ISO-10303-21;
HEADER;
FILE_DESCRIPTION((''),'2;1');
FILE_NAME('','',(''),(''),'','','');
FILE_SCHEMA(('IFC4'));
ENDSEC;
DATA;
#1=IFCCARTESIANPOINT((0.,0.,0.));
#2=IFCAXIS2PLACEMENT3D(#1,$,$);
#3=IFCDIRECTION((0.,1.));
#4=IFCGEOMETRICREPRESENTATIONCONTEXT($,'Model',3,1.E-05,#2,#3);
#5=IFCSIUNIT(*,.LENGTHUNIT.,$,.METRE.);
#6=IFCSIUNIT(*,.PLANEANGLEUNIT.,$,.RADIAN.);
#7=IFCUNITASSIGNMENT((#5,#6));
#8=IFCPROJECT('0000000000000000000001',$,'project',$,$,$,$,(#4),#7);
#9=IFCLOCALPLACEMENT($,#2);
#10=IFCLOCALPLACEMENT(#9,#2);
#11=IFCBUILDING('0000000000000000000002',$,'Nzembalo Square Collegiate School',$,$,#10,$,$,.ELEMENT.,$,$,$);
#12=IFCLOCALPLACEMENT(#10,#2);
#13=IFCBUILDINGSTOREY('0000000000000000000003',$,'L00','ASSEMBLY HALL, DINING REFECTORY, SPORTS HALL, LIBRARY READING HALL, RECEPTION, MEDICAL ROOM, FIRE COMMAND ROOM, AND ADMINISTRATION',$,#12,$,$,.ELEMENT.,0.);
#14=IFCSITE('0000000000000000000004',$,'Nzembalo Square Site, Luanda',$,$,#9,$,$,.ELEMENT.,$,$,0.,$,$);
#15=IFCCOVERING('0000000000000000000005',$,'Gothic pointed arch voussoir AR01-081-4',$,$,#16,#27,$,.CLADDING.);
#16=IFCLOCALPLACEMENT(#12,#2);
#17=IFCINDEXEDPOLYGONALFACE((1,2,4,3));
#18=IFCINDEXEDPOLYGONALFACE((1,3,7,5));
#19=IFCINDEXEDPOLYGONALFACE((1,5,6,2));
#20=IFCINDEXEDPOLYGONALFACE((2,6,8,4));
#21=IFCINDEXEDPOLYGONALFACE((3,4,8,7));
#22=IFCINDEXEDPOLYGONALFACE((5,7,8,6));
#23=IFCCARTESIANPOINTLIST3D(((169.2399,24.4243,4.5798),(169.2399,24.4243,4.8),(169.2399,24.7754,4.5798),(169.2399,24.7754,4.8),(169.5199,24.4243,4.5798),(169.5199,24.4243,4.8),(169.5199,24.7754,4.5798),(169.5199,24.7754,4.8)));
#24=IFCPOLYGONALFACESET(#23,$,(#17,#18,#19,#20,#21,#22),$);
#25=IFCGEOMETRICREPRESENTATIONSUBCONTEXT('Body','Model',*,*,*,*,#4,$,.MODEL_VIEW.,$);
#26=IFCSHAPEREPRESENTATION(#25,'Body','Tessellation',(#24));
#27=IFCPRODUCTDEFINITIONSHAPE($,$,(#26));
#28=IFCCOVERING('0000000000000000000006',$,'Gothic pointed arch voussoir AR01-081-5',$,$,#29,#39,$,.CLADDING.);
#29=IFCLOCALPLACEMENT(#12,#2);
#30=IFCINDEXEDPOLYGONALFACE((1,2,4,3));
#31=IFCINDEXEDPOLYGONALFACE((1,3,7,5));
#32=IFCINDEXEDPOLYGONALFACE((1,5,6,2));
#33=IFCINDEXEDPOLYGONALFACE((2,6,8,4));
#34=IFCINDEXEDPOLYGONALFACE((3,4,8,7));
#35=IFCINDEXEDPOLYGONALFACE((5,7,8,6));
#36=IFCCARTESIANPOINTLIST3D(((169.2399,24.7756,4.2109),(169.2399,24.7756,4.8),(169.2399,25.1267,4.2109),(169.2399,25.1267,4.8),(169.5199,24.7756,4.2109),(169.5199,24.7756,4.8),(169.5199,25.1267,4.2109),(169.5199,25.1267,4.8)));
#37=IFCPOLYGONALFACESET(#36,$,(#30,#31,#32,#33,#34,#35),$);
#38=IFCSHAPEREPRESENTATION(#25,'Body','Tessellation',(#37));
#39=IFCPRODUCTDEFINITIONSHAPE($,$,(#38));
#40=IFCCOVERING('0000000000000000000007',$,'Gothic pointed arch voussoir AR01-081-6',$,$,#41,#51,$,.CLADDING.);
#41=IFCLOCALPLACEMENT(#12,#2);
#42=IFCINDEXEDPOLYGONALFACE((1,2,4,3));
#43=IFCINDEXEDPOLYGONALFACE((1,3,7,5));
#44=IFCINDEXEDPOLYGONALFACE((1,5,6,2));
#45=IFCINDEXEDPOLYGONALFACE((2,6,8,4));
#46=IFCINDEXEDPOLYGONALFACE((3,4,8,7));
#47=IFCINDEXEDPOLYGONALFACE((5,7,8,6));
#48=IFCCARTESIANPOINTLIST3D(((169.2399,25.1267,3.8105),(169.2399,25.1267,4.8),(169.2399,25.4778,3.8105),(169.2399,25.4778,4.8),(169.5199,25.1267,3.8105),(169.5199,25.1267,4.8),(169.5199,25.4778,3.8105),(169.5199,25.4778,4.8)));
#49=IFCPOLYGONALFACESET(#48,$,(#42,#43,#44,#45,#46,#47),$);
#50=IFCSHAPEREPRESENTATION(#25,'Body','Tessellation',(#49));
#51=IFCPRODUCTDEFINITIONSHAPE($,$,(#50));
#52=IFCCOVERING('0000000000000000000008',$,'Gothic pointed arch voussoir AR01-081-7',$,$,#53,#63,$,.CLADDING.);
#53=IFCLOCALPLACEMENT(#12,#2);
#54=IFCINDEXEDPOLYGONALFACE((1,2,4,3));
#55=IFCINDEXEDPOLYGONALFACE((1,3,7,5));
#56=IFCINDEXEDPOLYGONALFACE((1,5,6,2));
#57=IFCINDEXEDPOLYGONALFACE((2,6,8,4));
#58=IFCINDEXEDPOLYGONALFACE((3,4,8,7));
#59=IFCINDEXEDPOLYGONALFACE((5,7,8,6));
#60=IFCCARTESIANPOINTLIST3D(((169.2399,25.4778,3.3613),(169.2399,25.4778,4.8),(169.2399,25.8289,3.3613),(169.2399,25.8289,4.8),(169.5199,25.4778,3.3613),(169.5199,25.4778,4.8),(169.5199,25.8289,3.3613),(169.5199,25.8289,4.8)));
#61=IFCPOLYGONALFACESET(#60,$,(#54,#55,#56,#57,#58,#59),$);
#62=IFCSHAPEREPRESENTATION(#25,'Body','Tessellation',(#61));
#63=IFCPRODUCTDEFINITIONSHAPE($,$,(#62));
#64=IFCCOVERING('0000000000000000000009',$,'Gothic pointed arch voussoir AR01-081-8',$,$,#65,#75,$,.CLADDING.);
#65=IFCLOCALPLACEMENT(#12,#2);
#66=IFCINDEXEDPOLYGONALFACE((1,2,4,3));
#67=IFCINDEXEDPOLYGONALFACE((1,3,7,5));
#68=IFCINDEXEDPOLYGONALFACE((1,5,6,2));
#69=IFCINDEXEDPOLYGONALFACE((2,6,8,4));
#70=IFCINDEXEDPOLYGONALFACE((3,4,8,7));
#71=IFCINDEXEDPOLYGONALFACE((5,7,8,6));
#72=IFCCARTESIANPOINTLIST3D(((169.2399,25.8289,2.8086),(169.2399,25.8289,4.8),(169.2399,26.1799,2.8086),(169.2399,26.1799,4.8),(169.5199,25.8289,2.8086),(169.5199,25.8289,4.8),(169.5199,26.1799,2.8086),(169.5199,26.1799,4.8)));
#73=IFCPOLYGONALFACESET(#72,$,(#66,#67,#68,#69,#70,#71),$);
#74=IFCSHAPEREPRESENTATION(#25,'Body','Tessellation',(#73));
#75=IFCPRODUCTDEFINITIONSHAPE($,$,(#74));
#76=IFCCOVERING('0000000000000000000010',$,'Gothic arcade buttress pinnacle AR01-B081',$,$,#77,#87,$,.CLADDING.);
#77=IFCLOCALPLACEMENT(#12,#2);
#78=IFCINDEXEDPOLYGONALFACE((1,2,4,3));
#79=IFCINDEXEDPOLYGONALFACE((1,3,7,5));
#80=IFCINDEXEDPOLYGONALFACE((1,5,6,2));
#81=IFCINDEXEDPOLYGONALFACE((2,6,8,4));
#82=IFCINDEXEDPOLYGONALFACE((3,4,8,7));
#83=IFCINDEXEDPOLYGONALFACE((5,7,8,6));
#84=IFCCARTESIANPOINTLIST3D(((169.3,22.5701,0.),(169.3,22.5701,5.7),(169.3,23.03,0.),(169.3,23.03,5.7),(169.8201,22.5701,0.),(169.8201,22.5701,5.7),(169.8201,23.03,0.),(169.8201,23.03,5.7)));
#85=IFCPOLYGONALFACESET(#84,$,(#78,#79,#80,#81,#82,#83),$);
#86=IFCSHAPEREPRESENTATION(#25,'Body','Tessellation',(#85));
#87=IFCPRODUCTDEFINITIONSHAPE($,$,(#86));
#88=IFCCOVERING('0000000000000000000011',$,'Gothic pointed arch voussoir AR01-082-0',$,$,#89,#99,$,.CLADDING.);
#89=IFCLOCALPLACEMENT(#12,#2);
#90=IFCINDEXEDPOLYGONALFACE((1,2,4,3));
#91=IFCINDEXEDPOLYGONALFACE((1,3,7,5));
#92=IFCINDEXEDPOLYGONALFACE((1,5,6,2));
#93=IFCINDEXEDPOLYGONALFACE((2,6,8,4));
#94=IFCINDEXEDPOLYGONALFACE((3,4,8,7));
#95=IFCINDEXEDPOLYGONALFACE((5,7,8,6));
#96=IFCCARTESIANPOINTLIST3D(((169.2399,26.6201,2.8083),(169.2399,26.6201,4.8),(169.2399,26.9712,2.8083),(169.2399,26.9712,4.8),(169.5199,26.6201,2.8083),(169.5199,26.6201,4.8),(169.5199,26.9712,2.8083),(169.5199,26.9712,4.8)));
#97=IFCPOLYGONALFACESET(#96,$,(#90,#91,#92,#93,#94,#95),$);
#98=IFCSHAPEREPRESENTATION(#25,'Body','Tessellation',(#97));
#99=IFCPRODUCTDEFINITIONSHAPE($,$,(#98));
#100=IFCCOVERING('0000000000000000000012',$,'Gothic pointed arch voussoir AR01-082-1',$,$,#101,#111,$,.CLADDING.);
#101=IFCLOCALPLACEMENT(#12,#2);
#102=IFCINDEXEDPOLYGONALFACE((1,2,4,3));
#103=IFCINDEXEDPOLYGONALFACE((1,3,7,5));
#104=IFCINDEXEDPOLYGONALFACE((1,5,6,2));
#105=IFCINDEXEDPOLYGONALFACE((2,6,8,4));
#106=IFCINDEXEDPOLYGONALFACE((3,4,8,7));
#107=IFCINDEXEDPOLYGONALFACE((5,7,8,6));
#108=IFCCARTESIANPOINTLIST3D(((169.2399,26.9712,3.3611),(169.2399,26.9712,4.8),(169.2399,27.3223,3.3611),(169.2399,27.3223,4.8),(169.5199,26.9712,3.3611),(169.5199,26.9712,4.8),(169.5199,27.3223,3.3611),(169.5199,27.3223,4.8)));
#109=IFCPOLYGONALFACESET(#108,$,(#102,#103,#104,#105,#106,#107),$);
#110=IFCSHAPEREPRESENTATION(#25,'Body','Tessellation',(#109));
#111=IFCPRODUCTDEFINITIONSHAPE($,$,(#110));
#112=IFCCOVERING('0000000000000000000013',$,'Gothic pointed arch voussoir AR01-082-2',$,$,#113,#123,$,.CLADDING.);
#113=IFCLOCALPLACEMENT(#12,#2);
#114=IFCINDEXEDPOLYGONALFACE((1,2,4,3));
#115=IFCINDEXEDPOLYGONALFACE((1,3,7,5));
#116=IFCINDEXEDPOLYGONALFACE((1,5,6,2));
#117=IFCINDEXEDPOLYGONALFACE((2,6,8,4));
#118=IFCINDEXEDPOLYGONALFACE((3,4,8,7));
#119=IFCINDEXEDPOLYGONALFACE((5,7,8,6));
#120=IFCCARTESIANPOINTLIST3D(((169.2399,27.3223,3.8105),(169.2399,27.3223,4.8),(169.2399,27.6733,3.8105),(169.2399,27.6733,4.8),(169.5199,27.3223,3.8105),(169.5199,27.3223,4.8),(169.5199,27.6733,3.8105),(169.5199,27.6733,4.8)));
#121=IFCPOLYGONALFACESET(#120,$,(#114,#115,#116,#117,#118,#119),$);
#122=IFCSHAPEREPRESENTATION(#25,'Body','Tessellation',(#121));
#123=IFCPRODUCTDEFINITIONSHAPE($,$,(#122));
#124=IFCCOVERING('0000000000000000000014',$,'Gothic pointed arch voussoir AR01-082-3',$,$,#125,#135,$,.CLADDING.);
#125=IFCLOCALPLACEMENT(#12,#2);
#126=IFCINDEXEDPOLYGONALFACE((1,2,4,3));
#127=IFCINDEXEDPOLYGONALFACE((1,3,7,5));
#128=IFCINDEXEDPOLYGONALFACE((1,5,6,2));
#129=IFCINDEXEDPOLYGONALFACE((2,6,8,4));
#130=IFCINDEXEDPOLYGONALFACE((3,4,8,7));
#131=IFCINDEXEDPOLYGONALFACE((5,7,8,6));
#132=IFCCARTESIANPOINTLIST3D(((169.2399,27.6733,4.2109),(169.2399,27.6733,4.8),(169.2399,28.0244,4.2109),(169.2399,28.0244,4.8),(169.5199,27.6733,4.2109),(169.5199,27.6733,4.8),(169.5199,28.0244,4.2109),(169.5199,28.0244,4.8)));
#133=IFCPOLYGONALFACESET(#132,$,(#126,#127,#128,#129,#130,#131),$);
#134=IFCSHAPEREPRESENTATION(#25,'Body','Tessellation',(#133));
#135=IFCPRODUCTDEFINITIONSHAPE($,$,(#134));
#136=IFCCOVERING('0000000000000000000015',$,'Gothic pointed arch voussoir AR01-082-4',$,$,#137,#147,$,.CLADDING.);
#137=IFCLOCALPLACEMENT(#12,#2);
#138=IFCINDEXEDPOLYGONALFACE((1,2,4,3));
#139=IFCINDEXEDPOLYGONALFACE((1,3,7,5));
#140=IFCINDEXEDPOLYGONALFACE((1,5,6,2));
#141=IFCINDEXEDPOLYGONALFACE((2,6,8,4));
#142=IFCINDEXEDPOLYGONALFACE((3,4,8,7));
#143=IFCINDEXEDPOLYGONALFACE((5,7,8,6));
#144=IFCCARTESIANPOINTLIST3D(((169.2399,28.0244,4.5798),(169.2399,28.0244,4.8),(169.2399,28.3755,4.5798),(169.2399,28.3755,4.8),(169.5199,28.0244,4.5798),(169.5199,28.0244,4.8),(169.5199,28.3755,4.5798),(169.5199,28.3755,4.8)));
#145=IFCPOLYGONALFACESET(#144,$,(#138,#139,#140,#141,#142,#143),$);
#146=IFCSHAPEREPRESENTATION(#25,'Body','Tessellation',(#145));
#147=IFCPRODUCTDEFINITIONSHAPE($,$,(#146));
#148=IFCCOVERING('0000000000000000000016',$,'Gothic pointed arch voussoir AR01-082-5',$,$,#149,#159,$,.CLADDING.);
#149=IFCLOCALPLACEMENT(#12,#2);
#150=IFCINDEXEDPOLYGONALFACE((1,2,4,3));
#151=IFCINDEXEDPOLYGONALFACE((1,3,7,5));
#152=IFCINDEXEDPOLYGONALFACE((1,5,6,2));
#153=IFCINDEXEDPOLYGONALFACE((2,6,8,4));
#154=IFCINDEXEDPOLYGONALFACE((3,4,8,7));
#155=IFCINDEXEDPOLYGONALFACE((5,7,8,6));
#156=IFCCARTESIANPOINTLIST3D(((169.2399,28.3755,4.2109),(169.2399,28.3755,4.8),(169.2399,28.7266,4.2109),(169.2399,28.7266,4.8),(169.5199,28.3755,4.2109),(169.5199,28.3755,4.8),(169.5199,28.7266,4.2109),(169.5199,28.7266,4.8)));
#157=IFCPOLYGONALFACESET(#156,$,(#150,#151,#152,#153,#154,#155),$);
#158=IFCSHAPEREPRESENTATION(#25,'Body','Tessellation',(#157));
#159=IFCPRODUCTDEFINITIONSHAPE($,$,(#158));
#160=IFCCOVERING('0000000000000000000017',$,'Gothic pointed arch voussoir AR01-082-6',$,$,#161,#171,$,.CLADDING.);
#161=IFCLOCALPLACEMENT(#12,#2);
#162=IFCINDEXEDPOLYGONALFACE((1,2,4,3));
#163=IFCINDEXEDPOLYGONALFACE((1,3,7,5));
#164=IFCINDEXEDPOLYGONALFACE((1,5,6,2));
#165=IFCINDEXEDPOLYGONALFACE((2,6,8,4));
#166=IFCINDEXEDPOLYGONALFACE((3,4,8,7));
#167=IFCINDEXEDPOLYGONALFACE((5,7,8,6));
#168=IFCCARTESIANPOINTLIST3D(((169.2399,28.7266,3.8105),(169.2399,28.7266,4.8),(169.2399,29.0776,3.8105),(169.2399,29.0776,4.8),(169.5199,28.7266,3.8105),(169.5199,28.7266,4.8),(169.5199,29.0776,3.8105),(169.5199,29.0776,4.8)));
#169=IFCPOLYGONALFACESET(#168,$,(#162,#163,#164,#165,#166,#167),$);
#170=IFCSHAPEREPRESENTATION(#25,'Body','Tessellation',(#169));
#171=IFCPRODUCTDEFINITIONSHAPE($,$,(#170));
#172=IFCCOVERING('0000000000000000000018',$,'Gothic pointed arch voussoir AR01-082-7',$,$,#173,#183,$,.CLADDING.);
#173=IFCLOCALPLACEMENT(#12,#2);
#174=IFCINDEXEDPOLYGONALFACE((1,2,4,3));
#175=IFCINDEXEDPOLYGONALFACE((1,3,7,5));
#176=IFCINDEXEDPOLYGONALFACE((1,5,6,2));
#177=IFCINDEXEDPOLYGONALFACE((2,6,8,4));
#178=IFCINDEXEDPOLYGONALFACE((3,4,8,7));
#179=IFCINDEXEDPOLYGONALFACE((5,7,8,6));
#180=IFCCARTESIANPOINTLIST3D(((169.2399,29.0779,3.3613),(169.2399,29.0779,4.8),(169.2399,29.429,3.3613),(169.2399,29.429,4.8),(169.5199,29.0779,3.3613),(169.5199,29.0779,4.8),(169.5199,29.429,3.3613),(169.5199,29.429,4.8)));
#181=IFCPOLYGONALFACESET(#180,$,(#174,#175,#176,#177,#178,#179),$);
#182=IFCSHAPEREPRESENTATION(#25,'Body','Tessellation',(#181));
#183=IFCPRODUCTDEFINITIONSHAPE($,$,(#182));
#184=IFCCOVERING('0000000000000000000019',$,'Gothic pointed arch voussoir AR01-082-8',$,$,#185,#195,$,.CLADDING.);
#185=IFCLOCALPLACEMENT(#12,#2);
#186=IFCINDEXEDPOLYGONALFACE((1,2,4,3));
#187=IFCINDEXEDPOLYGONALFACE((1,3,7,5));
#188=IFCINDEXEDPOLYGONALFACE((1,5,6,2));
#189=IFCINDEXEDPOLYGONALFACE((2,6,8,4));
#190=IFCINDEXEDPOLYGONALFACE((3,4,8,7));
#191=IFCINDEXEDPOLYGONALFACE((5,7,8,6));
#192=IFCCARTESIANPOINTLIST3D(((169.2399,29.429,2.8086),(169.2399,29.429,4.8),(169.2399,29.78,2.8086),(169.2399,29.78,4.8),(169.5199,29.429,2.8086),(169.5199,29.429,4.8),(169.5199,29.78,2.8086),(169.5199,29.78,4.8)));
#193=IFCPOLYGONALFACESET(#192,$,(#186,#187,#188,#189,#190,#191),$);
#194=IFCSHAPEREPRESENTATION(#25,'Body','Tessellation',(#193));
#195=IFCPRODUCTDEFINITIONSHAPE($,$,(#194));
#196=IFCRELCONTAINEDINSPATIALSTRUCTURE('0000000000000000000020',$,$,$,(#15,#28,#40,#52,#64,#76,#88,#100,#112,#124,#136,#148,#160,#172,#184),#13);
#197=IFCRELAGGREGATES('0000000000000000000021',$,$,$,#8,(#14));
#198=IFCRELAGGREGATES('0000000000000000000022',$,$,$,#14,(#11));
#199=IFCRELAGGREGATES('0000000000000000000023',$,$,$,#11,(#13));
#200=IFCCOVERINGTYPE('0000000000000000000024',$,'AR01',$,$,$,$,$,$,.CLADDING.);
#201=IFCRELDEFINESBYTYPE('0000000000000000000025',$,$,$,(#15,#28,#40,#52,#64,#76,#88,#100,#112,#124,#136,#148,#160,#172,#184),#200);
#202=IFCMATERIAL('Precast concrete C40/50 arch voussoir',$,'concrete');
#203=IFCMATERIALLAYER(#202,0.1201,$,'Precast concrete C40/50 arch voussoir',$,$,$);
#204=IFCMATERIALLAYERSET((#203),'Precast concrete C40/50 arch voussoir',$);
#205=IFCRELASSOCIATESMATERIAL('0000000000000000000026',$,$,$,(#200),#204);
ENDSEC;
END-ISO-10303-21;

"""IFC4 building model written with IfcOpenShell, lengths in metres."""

from ifc_helpers import new_model, si_unit, direction, frame, origin, origin_2d, place, context, subcontext, project, spatial, rectangle, extrude, material, layer, layer_set, type_object, element, save


model = new_model("IFC4")

# Units and contexts
model_context = context("Model", 3, precision=1e-05, world=origin(), true_north=direction((0.0, 1.0)))
body_context = subcontext(model_context, "Body", "Model", "MODEL_VIEW")
ifc_project = project(units=[si_unit("LENGTHUNIT", "METRE"), si_unit("PLANEANGLEUNIT", "RADIAN")], contexts=[model_context])

# Site, building, storey
site_placement = place(None, origin())
site = spatial("IfcSite", under=ifc_project, at=site_placement, Name="Nzembalo Square Site, Luanda", CompositionType="ELEMENT", RefElevation=0.0)
building_placement = place(site_placement, origin())
building = spatial("IfcBuilding", under=site, at=building_placement, Name="Nzembalo Square Collegiate School", CompositionType="ELEMENT")
storey_placement = place(building_placement, origin())
storey = spatial("IfcBuildingStorey", under=building, at=storey_placement, Name="L00", Description="ASSEMBLY HALL, DINING REFECTORY, SPORTS HALL, LIBRARY READING HALL, RECEPTION, MEDICAL ROOM, FIRE COMMAND ROOM, AND ADMINISTRATION", CompositionType="ELEMENT", Elevation=0.0)

# Coverings
ifc_material = material(Name="Precast concrete C40/50 arch voussoir", Category="concrete")
ifc_layer = layer(ifc_material, 0.1201, Name="Precast concrete C40/50 arch voussoir")
ifc_layer_set = layer_set([ifc_layer], Name="Precast concrete C40/50 arch voussoir")
covering_type = type_object("IfcCoveringType", Name="AR01", PredefinedType="CLADDING", material=ifc_layer_set)
covering_1_placement = place(storey_placement, frame((169.3799, 24.5999, 4.5798), z_axis=(0.0, 0.0, 1.0), x_axis=(1.0, 0.0, 0.0)))
element("IfcCovering", 1, at=covering_1_placement, inside=storey, type_object=covering_type, Name="Gothic pointed arch voussoir AR01-081-4", PredefinedType="CLADDING", context=body_context, shape_type="SweptSolid", body=[
    extrude(rectangle(XDim=0.28, YDim=0.3511, at=origin_2d()), origin(), (0.0, 0.0, 1.0), 0.2202),
])
covering_2_placement = place(storey_placement, frame((169.3799, 24.9512, 4.2109), z_axis=(0.0, 0.0, 1.0), x_axis=(1.0, 0.0, 0.0)))
element("IfcCovering", 2, at=covering_2_placement, inside=storey, type_object=covering_type, Name="Gothic pointed arch voussoir AR01-081-5", PredefinedType="CLADDING", context=body_context, shape_type="SweptSolid", body=[
    extrude(rectangle(XDim=0.28, YDim=0.3511, at=origin_2d()), origin(), (0.0, 0.0, 1.0), 0.5891),
])
covering_3_placement = place(storey_placement, frame((169.3799, 25.3022, 3.8105), z_axis=(0.0, 0.0, 1.0), x_axis=(1.0, 0.0, 0.0)))
element("IfcCovering", 3, at=covering_3_placement, inside=storey, type_object=covering_type, Name="Gothic pointed arch voussoir AR01-081-6", PredefinedType="CLADDING", context=body_context, shape_type="SweptSolid", body=[
    extrude(rectangle(XDim=0.28, YDim=0.3511, at=origin_2d()), origin(), (0.0, 0.0, 1.0), 0.9895),
])
covering_4_placement = place(storey_placement, frame((169.3799, 25.6533, 3.3613), z_axis=(0.0, 0.0, 1.0), x_axis=(1.0, 0.0, 0.0)))
element("IfcCovering", 4, at=covering_4_placement, inside=storey, type_object=covering_type, Name="Gothic pointed arch voussoir AR01-081-7", PredefinedType="CLADDING", context=body_context, shape_type="SweptSolid", body=[
    extrude(rectangle(XDim=0.28, YDim=0.3511, at=origin_2d()), origin(), (0.0, 0.0, 1.0), 1.4387),
])
covering_5_placement = place(storey_placement, frame((169.3799, 26.0044, 2.8086), z_axis=(0.0, 0.0, 1.0), x_axis=(1.0, 0.0, 0.0)))
element("IfcCovering", 5, at=covering_5_placement, inside=storey, type_object=covering_type, Name="Gothic pointed arch voussoir AR01-081-8", PredefinedType="CLADDING", context=body_context, shape_type="SweptSolid", body=[
    extrude(rectangle(XDim=0.28, YDim=0.3511, at=origin_2d()), origin(), (0.0, 0.0, 1.0), 1.9915),
])
covering_6_placement = place(storey_placement, frame((169.5601, 22.8, 0.0), z_axis=(0.0, 0.0, 1.0), x_axis=(1.0, 0.0, 0.0)))
element("IfcCovering", 6, at=covering_6_placement, inside=storey, type_object=covering_type, Name="Gothic arcade buttress pinnacle AR01-B081", PredefinedType="CLADDING", context=body_context, shape_type="SweptSolid", body=[
    extrude(rectangle(XDim=0.52, YDim=0.46, at=origin_2d()), origin(), (0.0, 0.0, 1.0), 5.7),
])
covering_7_placement = place(storey_placement, frame((169.3799, 26.7957, 2.8083), z_axis=(0.0, 0.0, 1.0), x_axis=(1.0, 0.0, 0.0)))
element("IfcCovering", 7, at=covering_7_placement, inside=storey, type_object=covering_type, Name="Gothic pointed arch voussoir AR01-082-0", PredefinedType="CLADDING", context=body_context, shape_type="SweptSolid", body=[
    extrude(rectangle(XDim=0.28, YDim=0.3511, at=origin_2d()), origin(), (0.0, 0.0, 1.0), 1.9917),
])
covering_8_placement = place(storey_placement, frame((169.3799, 27.1467, 3.3611), z_axis=(0.0, 0.0, 1.0), x_axis=(1.0, 0.0, 0.0)))
element("IfcCovering", 8, at=covering_8_placement, inside=storey, type_object=covering_type, Name="Gothic pointed arch voussoir AR01-082-1", PredefinedType="CLADDING", context=body_context, shape_type="SweptSolid", body=[
    extrude(rectangle(XDim=0.28, YDim=0.3511, at=origin_2d()), origin(), (0.0, 0.0, 1.0), 1.439),
])
covering_9_placement = place(storey_placement, frame((169.3799, 27.4978, 3.8105), z_axis=(0.0, 0.0, 1.0), x_axis=(1.0, 0.0, 0.0)))
element("IfcCovering", 9, at=covering_9_placement, inside=storey, type_object=covering_type, Name="Gothic pointed arch voussoir AR01-082-2", PredefinedType="CLADDING", context=body_context, shape_type="SweptSolid", body=[
    extrude(rectangle(XDim=0.28, YDim=0.3511, at=origin_2d()), origin(), (0.0, 0.0, 1.0), 0.9895),
])
covering_10_placement = place(storey_placement, frame((169.3799, 27.8489, 4.2109), z_axis=(0.0, 0.0, 1.0), x_axis=(1.0, 0.0, 0.0)))
element("IfcCovering", 10, at=covering_10_placement, inside=storey, type_object=covering_type, Name="Gothic pointed arch voussoir AR01-082-3", PredefinedType="CLADDING", context=body_context, shape_type="SweptSolid", body=[
    extrude(rectangle(XDim=0.28, YDim=0.3511, at=origin_2d()), origin(), (0.0, 0.0, 1.0), 0.5891),
])
covering_11_placement = place(storey_placement, frame((169.3799, 28.2, 4.5798), z_axis=(0.0, 0.0, 1.0), x_axis=(1.0, 0.0, 0.0)))
element("IfcCovering", 11, at=covering_11_placement, inside=storey, type_object=covering_type, Name="Gothic pointed arch voussoir AR01-082-4", PredefinedType="CLADDING", context=body_context, shape_type="SweptSolid", body=[
    extrude(rectangle(XDim=0.28, YDim=0.3511, at=origin_2d()), origin(), (0.0, 0.0, 1.0), 0.2202),
])
covering_12_placement = place(storey_placement, frame((169.3799, 28.551, 4.2109), z_axis=(0.0, 0.0, 1.0), x_axis=(1.0, 0.0, 0.0)))
element("IfcCovering", 12, at=covering_12_placement, inside=storey, type_object=covering_type, Name="Gothic pointed arch voussoir AR01-082-5", PredefinedType="CLADDING", context=body_context, shape_type="SweptSolid", body=[
    extrude(rectangle(XDim=0.28, YDim=0.3511, at=origin_2d()), origin(), (0.0, 0.0, 1.0), 0.5891),
])
covering_13_placement = place(storey_placement, frame((169.3799, 28.9021, 3.8105), z_axis=(0.0, 0.0, 1.0), x_axis=(1.0, 0.0, 0.0)))
element("IfcCovering", 13, at=covering_13_placement, inside=storey, type_object=covering_type, Name="Gothic pointed arch voussoir AR01-082-6", PredefinedType="CLADDING", context=body_context, shape_type="SweptSolid", body=[
    extrude(rectangle(XDim=0.28, YDim=0.3511, at=origin_2d()), origin(), (0.0, 0.0, 1.0), 0.9895),
])
covering_14_placement = place(storey_placement, frame((169.3799, 29.2534, 3.3613), z_axis=(0.0, 0.0, 1.0), x_axis=(1.0, 0.0, 0.0)))
element("IfcCovering", 14, at=covering_14_placement, inside=storey, type_object=covering_type, Name="Gothic pointed arch voussoir AR01-082-7", PredefinedType="CLADDING", context=body_context, shape_type="SweptSolid", body=[
    extrude(rectangle(XDim=0.28, YDim=0.3511, at=origin_2d()), origin(), (0.0, 0.0, 1.0), 1.4387),
])
covering_15_placement = place(storey_placement, frame((169.3799, 29.6045, 2.8086), z_axis=(0.0, 0.0, 1.0), x_axis=(1.0, 0.0, 0.0)))
element("IfcCovering", 15, at=covering_15_placement, inside=storey, type_object=covering_type, Name="Gothic pointed arch voussoir AR01-082-8", PredefinedType="CLADDING", context=body_context, shape_type="SweptSolid", body=[
    extrude(rectangle(XDim=0.28, YDim=0.3511, at=origin_2d()), origin(), (0.0, 0.0, 1.0), 1.9915),
])

save(model, "model.ifc")
